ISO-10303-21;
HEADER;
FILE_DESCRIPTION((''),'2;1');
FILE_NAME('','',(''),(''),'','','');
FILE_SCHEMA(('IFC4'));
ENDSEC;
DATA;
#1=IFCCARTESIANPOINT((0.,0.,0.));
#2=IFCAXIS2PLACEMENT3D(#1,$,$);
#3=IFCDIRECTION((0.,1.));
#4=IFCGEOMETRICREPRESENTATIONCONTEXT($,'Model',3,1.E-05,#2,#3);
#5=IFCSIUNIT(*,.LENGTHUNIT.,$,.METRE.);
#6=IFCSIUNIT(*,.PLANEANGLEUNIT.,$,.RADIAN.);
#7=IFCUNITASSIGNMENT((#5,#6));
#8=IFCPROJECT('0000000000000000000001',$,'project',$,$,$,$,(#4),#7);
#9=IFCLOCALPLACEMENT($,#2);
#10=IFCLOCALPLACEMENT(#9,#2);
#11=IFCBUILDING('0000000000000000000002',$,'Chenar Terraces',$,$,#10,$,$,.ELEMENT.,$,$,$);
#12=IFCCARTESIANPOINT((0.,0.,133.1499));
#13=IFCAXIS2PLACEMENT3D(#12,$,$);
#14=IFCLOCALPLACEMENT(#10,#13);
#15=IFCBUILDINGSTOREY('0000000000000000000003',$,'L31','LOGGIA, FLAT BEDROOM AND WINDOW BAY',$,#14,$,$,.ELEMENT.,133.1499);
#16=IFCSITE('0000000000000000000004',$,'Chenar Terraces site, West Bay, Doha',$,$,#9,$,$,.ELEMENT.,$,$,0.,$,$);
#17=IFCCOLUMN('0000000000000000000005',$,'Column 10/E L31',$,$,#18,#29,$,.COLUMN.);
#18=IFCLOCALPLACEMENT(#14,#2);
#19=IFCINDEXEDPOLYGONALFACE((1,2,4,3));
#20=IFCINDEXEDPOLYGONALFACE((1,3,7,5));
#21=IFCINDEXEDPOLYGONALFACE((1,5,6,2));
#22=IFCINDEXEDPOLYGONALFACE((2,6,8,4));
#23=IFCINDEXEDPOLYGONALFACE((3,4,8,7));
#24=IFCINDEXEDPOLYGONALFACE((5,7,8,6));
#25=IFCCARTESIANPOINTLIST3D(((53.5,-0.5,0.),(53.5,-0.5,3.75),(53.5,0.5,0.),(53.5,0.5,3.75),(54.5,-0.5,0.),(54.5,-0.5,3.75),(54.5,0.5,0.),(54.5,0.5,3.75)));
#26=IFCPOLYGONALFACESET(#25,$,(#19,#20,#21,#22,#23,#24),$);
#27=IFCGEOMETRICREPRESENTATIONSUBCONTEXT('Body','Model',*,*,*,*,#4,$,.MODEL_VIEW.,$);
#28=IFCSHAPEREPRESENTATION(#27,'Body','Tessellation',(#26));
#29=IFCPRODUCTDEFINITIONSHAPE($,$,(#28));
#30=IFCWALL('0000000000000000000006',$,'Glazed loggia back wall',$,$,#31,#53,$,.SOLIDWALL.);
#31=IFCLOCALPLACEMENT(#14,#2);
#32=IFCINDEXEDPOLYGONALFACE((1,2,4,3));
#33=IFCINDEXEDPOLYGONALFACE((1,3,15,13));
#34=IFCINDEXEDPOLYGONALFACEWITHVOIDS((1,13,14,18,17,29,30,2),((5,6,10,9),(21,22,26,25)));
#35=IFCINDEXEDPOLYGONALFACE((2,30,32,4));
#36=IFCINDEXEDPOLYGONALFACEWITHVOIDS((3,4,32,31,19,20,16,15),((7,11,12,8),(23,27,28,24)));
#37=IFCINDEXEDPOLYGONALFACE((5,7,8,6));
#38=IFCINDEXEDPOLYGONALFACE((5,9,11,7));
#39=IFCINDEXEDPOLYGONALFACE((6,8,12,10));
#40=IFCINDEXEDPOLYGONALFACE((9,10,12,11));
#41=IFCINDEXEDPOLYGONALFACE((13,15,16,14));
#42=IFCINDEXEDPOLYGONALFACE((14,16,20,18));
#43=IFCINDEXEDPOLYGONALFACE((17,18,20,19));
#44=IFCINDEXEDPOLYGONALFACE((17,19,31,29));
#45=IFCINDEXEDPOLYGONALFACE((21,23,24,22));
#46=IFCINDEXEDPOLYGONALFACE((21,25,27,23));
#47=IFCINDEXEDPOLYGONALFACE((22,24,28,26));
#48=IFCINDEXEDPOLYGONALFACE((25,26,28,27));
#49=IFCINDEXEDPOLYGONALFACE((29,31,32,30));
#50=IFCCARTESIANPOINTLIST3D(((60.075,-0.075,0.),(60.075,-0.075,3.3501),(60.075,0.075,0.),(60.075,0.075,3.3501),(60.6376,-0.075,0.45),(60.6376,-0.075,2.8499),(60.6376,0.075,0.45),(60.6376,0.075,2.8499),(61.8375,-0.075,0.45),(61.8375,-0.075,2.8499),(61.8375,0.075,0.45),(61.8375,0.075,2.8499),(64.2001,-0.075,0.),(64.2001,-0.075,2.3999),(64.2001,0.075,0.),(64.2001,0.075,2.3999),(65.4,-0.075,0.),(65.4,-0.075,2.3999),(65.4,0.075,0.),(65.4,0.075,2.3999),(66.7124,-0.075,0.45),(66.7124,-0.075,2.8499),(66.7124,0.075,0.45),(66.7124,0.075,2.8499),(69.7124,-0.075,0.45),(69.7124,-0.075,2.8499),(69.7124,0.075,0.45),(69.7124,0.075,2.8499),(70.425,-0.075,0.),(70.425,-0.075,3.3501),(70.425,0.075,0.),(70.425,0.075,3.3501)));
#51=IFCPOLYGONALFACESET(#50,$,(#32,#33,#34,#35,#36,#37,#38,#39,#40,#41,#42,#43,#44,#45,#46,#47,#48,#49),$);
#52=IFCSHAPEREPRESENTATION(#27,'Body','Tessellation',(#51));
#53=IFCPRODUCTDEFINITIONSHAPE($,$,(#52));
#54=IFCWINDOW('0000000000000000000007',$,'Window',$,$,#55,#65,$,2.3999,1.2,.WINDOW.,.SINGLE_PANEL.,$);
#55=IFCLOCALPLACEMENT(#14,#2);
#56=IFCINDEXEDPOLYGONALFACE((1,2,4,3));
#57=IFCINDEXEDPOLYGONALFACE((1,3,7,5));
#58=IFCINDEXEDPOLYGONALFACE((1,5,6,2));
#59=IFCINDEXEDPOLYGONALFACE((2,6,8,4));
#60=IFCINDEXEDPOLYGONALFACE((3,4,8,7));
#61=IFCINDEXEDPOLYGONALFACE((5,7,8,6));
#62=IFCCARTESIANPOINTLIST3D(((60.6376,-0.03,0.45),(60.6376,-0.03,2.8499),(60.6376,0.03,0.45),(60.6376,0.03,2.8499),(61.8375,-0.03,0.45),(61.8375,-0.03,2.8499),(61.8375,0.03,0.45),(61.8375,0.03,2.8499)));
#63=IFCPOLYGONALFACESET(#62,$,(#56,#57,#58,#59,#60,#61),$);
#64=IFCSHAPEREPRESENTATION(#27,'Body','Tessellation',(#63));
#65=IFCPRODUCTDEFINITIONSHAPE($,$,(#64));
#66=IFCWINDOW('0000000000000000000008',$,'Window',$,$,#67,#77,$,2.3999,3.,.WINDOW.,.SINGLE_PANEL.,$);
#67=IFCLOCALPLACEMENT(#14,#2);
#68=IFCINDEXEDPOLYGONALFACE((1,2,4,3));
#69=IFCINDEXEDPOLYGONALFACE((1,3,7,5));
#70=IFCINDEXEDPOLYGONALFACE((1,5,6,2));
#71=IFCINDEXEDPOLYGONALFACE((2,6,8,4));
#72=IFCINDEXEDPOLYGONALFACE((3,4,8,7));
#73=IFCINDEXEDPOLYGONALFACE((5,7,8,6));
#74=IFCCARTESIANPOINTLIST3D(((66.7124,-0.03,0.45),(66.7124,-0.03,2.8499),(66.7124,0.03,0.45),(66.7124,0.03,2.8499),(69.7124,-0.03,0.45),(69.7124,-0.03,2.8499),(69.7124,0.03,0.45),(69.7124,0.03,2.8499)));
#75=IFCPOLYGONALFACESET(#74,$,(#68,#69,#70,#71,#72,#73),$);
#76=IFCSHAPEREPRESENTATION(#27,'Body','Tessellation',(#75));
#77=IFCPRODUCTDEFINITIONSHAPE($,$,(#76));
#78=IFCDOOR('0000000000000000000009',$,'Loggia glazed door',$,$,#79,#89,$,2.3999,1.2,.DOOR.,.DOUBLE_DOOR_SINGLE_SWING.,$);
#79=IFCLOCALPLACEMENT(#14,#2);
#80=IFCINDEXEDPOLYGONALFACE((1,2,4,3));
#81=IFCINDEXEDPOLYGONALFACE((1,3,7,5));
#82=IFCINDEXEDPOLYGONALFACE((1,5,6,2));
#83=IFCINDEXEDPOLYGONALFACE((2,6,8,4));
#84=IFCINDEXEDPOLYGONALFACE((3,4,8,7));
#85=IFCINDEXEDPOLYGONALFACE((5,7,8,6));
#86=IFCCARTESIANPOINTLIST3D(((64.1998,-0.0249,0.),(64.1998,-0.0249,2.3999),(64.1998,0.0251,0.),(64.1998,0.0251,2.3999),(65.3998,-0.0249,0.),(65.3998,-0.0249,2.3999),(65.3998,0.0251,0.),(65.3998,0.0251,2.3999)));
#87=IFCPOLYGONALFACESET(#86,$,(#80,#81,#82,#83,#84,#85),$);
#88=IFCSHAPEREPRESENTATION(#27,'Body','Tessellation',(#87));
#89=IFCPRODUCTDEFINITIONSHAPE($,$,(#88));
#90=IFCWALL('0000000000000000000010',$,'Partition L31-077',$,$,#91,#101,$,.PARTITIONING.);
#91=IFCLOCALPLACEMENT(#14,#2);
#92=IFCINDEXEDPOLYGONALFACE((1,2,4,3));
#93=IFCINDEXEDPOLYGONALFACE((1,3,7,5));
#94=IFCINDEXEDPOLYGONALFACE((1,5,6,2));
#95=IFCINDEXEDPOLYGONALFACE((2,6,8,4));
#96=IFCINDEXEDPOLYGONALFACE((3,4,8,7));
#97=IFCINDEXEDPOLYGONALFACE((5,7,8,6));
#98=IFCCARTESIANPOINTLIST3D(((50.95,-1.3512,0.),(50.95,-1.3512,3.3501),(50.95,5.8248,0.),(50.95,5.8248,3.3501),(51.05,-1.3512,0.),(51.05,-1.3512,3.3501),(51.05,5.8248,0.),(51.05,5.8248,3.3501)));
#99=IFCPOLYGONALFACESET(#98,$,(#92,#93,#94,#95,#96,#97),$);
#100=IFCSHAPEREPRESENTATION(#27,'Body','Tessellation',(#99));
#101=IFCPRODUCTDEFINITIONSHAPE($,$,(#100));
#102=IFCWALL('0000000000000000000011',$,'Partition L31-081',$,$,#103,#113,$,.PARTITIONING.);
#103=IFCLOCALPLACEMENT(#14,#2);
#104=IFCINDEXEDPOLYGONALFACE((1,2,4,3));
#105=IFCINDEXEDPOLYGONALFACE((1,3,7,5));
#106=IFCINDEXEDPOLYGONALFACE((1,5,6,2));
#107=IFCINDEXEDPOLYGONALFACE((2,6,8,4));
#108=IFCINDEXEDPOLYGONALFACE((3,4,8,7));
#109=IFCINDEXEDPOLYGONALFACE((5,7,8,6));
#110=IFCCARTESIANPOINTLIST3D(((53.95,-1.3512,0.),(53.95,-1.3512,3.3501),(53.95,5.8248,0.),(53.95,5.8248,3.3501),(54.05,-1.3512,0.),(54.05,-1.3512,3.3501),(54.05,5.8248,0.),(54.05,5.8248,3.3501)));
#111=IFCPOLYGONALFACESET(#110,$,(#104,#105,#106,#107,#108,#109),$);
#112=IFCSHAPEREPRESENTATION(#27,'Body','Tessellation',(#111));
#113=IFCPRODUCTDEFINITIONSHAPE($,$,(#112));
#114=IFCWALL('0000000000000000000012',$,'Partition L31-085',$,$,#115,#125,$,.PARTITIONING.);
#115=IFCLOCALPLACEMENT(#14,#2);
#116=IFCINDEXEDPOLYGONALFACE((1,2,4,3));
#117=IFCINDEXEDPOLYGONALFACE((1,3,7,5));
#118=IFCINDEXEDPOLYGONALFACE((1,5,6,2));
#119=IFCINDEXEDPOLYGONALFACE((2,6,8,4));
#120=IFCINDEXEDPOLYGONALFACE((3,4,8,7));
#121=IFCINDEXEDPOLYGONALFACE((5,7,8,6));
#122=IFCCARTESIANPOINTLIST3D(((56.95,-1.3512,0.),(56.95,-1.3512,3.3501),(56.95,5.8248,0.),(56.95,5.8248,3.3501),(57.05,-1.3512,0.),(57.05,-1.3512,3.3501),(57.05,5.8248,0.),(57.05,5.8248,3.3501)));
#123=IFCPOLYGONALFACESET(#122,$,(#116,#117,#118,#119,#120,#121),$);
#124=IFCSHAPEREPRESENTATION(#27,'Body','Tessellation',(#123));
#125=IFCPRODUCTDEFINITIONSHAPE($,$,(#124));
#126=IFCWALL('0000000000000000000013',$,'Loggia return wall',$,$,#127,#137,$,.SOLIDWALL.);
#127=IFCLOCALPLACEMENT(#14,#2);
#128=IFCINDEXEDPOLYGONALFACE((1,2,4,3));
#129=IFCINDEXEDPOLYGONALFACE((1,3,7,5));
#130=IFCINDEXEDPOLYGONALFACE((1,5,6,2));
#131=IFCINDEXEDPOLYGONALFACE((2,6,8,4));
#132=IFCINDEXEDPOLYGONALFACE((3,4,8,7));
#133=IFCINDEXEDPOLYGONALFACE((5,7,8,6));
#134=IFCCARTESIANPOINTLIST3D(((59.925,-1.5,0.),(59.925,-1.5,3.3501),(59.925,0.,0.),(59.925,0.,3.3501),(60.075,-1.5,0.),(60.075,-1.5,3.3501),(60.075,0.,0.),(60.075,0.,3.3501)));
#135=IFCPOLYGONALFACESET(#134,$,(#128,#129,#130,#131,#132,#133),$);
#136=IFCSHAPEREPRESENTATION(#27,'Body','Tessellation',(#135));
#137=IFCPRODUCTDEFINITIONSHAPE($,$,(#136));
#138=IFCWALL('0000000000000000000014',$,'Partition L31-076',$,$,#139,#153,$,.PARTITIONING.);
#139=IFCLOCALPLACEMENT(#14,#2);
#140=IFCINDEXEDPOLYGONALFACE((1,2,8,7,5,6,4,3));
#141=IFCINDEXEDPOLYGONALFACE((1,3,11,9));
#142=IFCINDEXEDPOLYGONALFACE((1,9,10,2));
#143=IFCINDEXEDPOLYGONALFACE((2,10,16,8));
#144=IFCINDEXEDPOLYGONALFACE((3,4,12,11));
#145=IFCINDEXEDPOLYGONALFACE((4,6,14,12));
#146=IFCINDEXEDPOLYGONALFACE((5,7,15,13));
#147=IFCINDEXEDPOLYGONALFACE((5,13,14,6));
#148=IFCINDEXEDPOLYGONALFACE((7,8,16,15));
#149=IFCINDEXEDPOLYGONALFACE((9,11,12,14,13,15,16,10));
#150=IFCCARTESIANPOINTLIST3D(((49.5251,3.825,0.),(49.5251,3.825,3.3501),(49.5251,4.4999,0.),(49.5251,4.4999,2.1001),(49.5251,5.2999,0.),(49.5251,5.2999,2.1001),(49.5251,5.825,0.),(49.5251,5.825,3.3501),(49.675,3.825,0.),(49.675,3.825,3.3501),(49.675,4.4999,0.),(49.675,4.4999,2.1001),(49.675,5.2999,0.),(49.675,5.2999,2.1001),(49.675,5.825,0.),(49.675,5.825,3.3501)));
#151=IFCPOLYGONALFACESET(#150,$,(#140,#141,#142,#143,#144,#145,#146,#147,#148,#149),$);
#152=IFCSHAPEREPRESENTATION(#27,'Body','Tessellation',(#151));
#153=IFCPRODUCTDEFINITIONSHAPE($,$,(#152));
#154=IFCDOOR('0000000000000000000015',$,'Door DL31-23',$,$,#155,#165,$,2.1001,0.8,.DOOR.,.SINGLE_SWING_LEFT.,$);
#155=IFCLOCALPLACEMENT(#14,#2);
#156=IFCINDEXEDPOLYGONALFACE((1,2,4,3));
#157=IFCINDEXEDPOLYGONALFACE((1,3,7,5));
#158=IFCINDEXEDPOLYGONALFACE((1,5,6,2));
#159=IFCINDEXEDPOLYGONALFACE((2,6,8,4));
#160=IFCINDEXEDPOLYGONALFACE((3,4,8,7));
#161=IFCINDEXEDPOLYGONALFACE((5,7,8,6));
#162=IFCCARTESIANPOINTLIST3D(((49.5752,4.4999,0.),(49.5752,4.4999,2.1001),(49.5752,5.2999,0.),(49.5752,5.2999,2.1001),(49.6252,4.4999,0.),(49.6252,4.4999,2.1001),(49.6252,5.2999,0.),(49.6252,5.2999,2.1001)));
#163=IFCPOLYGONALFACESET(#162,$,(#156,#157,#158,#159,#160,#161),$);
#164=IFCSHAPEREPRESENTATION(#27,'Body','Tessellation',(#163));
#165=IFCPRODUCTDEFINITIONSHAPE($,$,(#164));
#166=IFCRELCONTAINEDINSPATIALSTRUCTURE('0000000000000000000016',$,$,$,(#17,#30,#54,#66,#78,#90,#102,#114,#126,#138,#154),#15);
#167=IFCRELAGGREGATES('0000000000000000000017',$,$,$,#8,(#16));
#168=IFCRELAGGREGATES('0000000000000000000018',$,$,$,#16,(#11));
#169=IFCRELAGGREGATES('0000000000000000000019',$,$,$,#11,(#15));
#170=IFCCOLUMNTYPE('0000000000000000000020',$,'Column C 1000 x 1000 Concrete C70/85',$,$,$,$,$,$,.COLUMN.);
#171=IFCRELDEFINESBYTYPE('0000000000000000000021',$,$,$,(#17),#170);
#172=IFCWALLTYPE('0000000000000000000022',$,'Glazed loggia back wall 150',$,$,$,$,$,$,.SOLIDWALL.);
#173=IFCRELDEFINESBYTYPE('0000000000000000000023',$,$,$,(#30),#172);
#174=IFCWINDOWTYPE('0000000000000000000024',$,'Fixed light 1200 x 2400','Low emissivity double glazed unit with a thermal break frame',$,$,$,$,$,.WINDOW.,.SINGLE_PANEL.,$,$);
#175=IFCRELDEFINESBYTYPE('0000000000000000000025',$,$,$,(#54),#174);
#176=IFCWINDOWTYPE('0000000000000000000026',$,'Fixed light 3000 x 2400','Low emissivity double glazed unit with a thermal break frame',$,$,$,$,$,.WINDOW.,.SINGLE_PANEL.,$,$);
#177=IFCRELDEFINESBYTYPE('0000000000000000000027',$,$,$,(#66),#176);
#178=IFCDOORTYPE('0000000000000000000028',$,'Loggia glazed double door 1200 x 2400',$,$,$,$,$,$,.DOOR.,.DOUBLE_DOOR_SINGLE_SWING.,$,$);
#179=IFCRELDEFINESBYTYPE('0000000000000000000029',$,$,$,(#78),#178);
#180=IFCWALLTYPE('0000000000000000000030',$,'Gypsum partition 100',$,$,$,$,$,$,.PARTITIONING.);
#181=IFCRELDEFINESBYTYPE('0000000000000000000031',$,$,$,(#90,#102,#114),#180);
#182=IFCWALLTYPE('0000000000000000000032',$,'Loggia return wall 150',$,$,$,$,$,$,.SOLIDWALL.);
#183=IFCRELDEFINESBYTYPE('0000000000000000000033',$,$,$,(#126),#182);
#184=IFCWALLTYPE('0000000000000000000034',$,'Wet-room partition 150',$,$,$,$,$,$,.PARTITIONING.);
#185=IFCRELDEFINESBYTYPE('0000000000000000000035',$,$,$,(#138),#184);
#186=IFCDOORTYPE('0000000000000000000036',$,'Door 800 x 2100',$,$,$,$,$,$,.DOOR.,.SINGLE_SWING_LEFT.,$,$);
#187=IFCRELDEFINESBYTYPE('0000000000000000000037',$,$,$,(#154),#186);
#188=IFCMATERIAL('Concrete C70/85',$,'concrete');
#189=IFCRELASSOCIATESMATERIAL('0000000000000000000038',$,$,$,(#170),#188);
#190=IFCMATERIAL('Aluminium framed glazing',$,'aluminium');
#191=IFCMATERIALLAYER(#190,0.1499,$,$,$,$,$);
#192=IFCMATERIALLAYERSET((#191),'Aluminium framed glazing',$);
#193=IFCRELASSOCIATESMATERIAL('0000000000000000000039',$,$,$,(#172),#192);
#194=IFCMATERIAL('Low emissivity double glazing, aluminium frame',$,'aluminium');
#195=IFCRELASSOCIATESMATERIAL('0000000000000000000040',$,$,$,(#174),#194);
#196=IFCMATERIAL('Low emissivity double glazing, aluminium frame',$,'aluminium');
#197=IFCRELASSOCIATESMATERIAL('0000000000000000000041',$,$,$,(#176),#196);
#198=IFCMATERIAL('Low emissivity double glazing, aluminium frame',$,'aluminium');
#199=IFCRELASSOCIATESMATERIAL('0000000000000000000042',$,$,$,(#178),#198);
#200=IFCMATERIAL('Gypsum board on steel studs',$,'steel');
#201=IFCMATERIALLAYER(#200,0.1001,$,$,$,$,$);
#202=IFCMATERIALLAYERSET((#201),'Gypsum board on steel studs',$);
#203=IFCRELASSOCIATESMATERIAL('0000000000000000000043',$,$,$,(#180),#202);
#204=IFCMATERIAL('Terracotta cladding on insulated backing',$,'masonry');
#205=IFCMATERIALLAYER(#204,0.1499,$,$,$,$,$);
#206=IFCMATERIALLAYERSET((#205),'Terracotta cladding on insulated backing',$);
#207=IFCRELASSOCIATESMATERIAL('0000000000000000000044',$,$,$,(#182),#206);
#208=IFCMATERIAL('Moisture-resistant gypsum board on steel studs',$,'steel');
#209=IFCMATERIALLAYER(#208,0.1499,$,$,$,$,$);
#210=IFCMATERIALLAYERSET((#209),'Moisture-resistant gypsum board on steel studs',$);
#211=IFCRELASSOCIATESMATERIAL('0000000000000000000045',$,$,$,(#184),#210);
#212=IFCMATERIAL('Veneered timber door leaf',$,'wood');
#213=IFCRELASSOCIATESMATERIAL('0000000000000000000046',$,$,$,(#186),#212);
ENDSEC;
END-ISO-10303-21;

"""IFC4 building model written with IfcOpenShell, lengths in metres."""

from ifc_helpers import new_model, si_unit, direction, frame, frame_2d, origin, origin_2d, place, context, subcontext, project, spatial, rectangle, extrude, material, layer, layer_set, material_profile, profile_set, type_object, element, fill, save


model = new_model("IFC4")

# Units and contexts
model_context = context("Model", 3, precision=1e-05, world=origin(), true_north=direction((0.0, 1.0)))
body_context = subcontext(model_context, "Body", "Model", "MODEL_VIEW")
ifc_project = project(units=[si_unit("LENGTHUNIT", "METRE"), si_unit("PLANEANGLEUNIT", "RADIAN")], contexts=[model_context])

# Site, building, storey
site_placement = place(None, origin())
site = spatial("IfcSite", under=ifc_project, at=site_placement, Name="Chenar Terraces site, West Bay, Doha", CompositionType="ELEMENT", RefElevation=0.0)
building_placement = place(site_placement, origin())
building = spatial("IfcBuilding", under=site, at=building_placement, Name="Chenar Terraces", CompositionType="ELEMENT")
storey_placement = place(building_placement, frame((0.0, 0.0, 133.1499)))
storey = spatial("IfcBuildingStorey", under=building, at=storey_placement, Name="L31", Description="LOGGIA, FLAT BEDROOM AND WINDOW BAY", CompositionType="ELEMENT", Elevation=133.1499)

# Column
ifc_material_1 = material(Name="Concrete C70/85", Category="concrete")
ifc_material_profile = material_profile(ifc_material_1, rectangle(XDim=1.0, YDim=1.0, at=origin_2d()), Name="C 1000 x 1000")
ifc_profile_set = profile_set([ifc_material_profile], Name="Concrete C70/85")
column_type = type_object("IfcColumnType", Name="Column C 1000 x 1000 Concrete C70/85", PredefinedType="COLUMN", material=ifc_profile_set)
column_placement = place(storey_placement, frame((54.0, 0.0, 0.0), z_axis=(0.0, 0.0, 1.0), x_axis=(1.0, 0.0, 0.0)))
element("IfcColumn", 1, at=column_placement, inside=storey, type_object=column_type, Name="Column 10/E L31", PredefinedType="COLUMN", context=body_context, shape_type="SweptSolid", body=[
    extrude(rectangle(XDim=1.0, YDim=1.0, at=origin_2d()), origin(), (0.0, 0.0, 1.0), 3.75),
])

# Wall, openings, windows, door
ifc_material_2 = material(Name="Aluminium framed glazing", Category="aluminium")
ifc_layer_1 = layer(ifc_material_2, 0.1499)
ifc_layer_set_1 = layer_set([ifc_layer_1], Name="Aluminium framed glazing")
wall_type_1 = type_object("IfcWallType", Name="Glazed loggia back wall 150", PredefinedType="SOLIDWALL", material=ifc_layer_set_1)
wall_1_placement = place(storey_placement, frame((60.075, 0.0, 0.0), z_axis=(0.0, 0.0, 1.0), x_axis=(1.0, 0.0, 0.0)))
wall_1 = element("IfcWall", 2, at=wall_1_placement, inside=storey, type_object=wall_type_1, Name="Glazed loggia back wall", PredefinedType="SOLIDWALL", context=body_context, shape_type="SweptSolid", body=[
    extrude(rectangle(XDim=10.3501, YDim=0.1499, at=frame_2d((5.175, 0.0))), origin(), (0.0, 0.0, 1.0), 3.3501),
])
opening_1_placement = place(wall_1_placement, frame((0.5625, 0.0, 0.45)))
opening_1 = element("IfcOpeningElement", 3, at=opening_1_placement, cuts=wall_1, PredefinedType="OPENING", context=body_context, shape_type="SweptSolid", body=[
    extrude(rectangle(XDim=1.2, YDim=2.3999, at=frame_2d((0.6001, 1.2))), frame((0.0, 0.085, 0.0), z_axis=(0.0, -1.0, 0.0), x_axis=(1.0, 0.0, 0.0)), (0.0, 0.0, 1.0), 0.1699),
])
opening_2_placement = place(wall_1_placement, frame((4.125, 0.0, 0.0)))
opening_2 = element("IfcOpeningElement", 4, at=opening_2_placement, cuts=wall_1, PredefinedType="OPENING", context=body_context, shape_type="SweptSolid", body=[
    extrude(rectangle(XDim=1.2, YDim=2.3999, at=frame_2d((0.6001, 1.2))), frame((0.0, 0.085, 0.0), z_axis=(0.0, -1.0, 0.0), x_axis=(1.0, 0.0, 0.0)), (0.0, 0.0, 1.0), 0.1699),
])
opening_3_placement = place(wall_1_placement, frame((6.6375, 0.0, 0.45)))
opening_3 = element("IfcOpeningElement", 5, at=opening_3_placement, cuts=wall_1, PredefinedType="OPENING", context=body_context, shape_type="SweptSolid", body=[
    extrude(rectangle(XDim=3.0, YDim=2.3999, at=frame_2d((1.5, 1.2))), frame((0.0, 0.085, 0.0), z_axis=(0.0, -1.0, 0.0), x_axis=(1.0, 0.0, 0.0)), (0.0, 0.0, 1.0), 0.1699),
])
ifc_material_3 = material(Name="Low emissivity double glazing, aluminium frame", Category="aluminium")
window_type_1 = type_object("IfcWindowType", Name="Fixed light 1200 x 2400", Description="Low emissivity double glazed unit with a thermal break frame", PartitioningType="SINGLE_PANEL", PredefinedType="WINDOW", material=ifc_material_3)
window_1_placement = place(opening_1_placement, origin())
window_1 = element("IfcWindow", 6, at=window_1_placement, inside=storey, type_object=window_type_1, Name="Window", OverallHeight=2.3999, OverallWidth=1.2, PartitioningType="SINGLE_PANEL", PredefinedType="WINDOW", context=body_context, shape_type="SweptSolid", body=[
    extrude(rectangle(XDim=1.2, YDim=2.3999, at=frame_2d((0.6001, 1.2))), frame((0.0, 0.03, 0.0), z_axis=(0.0, -1.0, 0.0), x_axis=(1.0, 0.0, 0.0)), (0.0, 0.0, 1.0), 0.0601),
])
fill(opening_1, window_1)
ifc_material_4 = material(Name="Low emissivity double glazing, aluminium frame", Category="aluminium")
window_type_2 = type_object("IfcWindowType", Name="Fixed light 3000 x 2400", Description="Low emissivity double glazed unit with a thermal break frame", PartitioningType="SINGLE_PANEL", PredefinedType="WINDOW", material=ifc_material_4)
window_2_placement = place(opening_3_placement, origin())
window_2 = element("IfcWindow", 7, at=window_2_placement, inside=storey, type_object=window_type_2, Name="Window", OverallHeight=2.3999, OverallWidth=3.0, PartitioningType="SINGLE_PANEL", PredefinedType="WINDOW", context=body_context, shape_type="SweptSolid", body=[
    extrude(rectangle(XDim=3.0, YDim=2.3999, at=frame_2d((1.5, 1.2))), frame((0.0, 0.03, 0.0), z_axis=(0.0, -1.0, 0.0), x_axis=(1.0, 0.0, 0.0)), (0.0, 0.0, 1.0), 0.0601),
])
fill(opening_3, window_2)
ifc_material_5 = material(Name="Low emissivity double glazing, aluminium frame", Category="aluminium")
door_type_1 = type_object("IfcDoorType", Name="Loggia glazed double door 1200 x 2400", OperationType="DOUBLE_DOOR_SINGLE_SWING", PredefinedType="DOOR", material=ifc_material_5)
door_1_placement = place(opening_2_placement, frame((1.2, 0.0, 0.0), z_axis=(0.0, 0.0, 1.0), x_axis=(-1.0, 0.0, 0.0)))
door_1 = element("IfcDoor", 8, at=door_1_placement, inside=storey, type_object=door_type_1, Name="Loggia glazed door", OperationType="DOUBLE_DOOR_SINGLE_SWING", OverallHeight=2.3999, OverallWidth=1.2, PredefinedType="DOOR", context=body_context, shape_type="SweptSolid", body=[
    extrude(rectangle(XDim=1.2, YDim=2.3999, at=frame_2d((0.6001, 1.2))), frame((0.0, 0.0249, 0.0), z_axis=(0.0, -1.0, 0.0), x_axis=(1.0, 0.0, 0.0)), (0.0, 0.0, 1.0), 0.05),
])
fill(opening_2, door_1)

# Walls
ifc_material_6 = material(Name="Gypsum board on steel studs", Category="steel")
ifc_layer_2 = layer(ifc_material_6, 0.1001)
ifc_layer_set_2 = layer_set([ifc_layer_2], Name="Gypsum board on steel studs")
wall_type_2 = type_object("IfcWallType", Name="Gypsum partition 100", PredefinedType="PARTITIONING", material=ifc_layer_set_2)
for number, where, z_axis, x_axis, name in (
    (9, (51.0, -1.3511, 0.0), (0.0, 0.0, 1.0), (0.0, 1.0, 0.0), "Partition L31-077"),
    (10, (54.0, -1.3511, 0.0), (0.0, 0.0, 1.0), (0.0, 1.0, 0.0), "Partition L31-081"),
    (11, (57.0, -1.3511, 0.0), (0.0, 0.0, 1.0), (0.0, 1.0, 0.0), "Partition L31-085"),
):
    element("IfcWall", number, at=place(storey_placement, frame(where, z_axis=z_axis, x_axis=x_axis)), inside=storey, type_object=wall_type_2, Name=name, PredefinedType="PARTITIONING", context=body_context, shape_type="SweptSolid", body=[
        extrude(rectangle(XDim=7.176, YDim=0.1001, at=frame_2d((3.5879, 0.0))), origin(), (0.0, 0.0, 1.0), 3.3501),
    ])
ifc_material_7 = material(Name="Terracotta cladding on insulated backing", Category="masonry")
ifc_layer_3 = layer(ifc_material_7, 0.1499)
ifc_layer_set_3 = layer_set([ifc_layer_3], Name="Terracotta cladding on insulated backing")
wall_type_3 = type_object("IfcWallType", Name="Loggia return wall 150", PredefinedType="SOLIDWALL", material=ifc_layer_set_3)
wall_2_placement = place(storey_placement, frame((60.0, -1.5, 0.0), z_axis=(0.0, 0.0, 1.0), x_axis=(0.0, 1.0, 0.0)))
element("IfcWall", 12, at=wall_2_placement, inside=storey, type_object=wall_type_3, Name="Loggia return wall", PredefinedType="SOLIDWALL", context=body_context, shape_type="SweptSolid", body=[
    extrude(rectangle(XDim=1.5, YDim=0.1499, at=frame_2d((0.75, 0.0))), origin(), (0.0, 0.0, 1.0), 3.3501),
])

# Wall, opening, door
ifc_material_8 = material(Name="Moisture-resistant gypsum board on steel studs", Category="steel")
ifc_layer_4 = layer(ifc_material_8, 0.1499)
ifc_layer_set_4 = layer_set([ifc_layer_4], Name="Moisture-resistant gypsum board on steel studs")
wall_type_4 = type_object("IfcWallType", Name="Wet-room partition 150", PredefinedType="PARTITIONING", material=ifc_layer_set_4)
wall_3_placement = place(storey_placement, frame((49.6001, 3.825, 0.0), z_axis=(0.0, 0.0, 1.0), x_axis=(0.0, 1.0, 0.0)))
wall_3 = element("IfcWall", 13, at=wall_3_placement, inside=storey, type_object=wall_type_4, Name="Partition L31-076", PredefinedType="PARTITIONING", context=body_context, shape_type="SweptSolid", body=[
    extrude(rectangle(XDim=2.0, YDim=0.1499, at=frame_2d((1.0, 0.0))), origin(), (0.0, 0.0, 1.0), 3.3501),
])
opening_4_placement = place(wall_3_placement, frame((0.675, 0.0, 0.0)))
opening_4 = element("IfcOpeningElement", 14, at=opening_4_placement, cuts=wall_3, PredefinedType="OPENING", context=body_context, shape_type="SweptSolid", body=[
    extrude(rectangle(XDim=0.8, YDim=2.1001, at=frame_2d((0.3999, 1.05))), frame((0.0, 0.085, 0.0), z_axis=(0.0, -1.0, 0.0), x_axis=(1.0, 0.0, 0.0)), (0.0, 0.0, 1.0), 0.1699),
])
ifc_material_9 = material(Name="Veneered timber door leaf", Category="wood")
door_type_2 = type_object("IfcDoorType", Name="Door 800 x 2100", OperationType="SINGLE_SWING_LEFT", PredefinedType="DOOR", material=ifc_material_9)
door_2_placement = place(opening_4_placement, origin())
door_2 = element("IfcDoor", 15, at=door_2_placement, inside=storey, type_object=door_type_2, Name="Door DL31-23", OperationType="SINGLE_SWING_LEFT", OverallHeight=2.1001, OverallWidth=0.8, PredefinedType="DOOR", context=body_context, shape_type="SweptSolid", body=[
    extrude(rectangle(XDim=0.8, YDim=2.1001, at=frame_2d((0.3999, 1.05))), frame((0.0, 0.0249, 0.0), z_axis=(0.0, -1.0, 0.0), x_axis=(1.0, 0.0, 0.0)), (0.0, 0.0, 1.0), 0.05),
])
fill(opening_4, door_2)

save(model, "model.ifc")
